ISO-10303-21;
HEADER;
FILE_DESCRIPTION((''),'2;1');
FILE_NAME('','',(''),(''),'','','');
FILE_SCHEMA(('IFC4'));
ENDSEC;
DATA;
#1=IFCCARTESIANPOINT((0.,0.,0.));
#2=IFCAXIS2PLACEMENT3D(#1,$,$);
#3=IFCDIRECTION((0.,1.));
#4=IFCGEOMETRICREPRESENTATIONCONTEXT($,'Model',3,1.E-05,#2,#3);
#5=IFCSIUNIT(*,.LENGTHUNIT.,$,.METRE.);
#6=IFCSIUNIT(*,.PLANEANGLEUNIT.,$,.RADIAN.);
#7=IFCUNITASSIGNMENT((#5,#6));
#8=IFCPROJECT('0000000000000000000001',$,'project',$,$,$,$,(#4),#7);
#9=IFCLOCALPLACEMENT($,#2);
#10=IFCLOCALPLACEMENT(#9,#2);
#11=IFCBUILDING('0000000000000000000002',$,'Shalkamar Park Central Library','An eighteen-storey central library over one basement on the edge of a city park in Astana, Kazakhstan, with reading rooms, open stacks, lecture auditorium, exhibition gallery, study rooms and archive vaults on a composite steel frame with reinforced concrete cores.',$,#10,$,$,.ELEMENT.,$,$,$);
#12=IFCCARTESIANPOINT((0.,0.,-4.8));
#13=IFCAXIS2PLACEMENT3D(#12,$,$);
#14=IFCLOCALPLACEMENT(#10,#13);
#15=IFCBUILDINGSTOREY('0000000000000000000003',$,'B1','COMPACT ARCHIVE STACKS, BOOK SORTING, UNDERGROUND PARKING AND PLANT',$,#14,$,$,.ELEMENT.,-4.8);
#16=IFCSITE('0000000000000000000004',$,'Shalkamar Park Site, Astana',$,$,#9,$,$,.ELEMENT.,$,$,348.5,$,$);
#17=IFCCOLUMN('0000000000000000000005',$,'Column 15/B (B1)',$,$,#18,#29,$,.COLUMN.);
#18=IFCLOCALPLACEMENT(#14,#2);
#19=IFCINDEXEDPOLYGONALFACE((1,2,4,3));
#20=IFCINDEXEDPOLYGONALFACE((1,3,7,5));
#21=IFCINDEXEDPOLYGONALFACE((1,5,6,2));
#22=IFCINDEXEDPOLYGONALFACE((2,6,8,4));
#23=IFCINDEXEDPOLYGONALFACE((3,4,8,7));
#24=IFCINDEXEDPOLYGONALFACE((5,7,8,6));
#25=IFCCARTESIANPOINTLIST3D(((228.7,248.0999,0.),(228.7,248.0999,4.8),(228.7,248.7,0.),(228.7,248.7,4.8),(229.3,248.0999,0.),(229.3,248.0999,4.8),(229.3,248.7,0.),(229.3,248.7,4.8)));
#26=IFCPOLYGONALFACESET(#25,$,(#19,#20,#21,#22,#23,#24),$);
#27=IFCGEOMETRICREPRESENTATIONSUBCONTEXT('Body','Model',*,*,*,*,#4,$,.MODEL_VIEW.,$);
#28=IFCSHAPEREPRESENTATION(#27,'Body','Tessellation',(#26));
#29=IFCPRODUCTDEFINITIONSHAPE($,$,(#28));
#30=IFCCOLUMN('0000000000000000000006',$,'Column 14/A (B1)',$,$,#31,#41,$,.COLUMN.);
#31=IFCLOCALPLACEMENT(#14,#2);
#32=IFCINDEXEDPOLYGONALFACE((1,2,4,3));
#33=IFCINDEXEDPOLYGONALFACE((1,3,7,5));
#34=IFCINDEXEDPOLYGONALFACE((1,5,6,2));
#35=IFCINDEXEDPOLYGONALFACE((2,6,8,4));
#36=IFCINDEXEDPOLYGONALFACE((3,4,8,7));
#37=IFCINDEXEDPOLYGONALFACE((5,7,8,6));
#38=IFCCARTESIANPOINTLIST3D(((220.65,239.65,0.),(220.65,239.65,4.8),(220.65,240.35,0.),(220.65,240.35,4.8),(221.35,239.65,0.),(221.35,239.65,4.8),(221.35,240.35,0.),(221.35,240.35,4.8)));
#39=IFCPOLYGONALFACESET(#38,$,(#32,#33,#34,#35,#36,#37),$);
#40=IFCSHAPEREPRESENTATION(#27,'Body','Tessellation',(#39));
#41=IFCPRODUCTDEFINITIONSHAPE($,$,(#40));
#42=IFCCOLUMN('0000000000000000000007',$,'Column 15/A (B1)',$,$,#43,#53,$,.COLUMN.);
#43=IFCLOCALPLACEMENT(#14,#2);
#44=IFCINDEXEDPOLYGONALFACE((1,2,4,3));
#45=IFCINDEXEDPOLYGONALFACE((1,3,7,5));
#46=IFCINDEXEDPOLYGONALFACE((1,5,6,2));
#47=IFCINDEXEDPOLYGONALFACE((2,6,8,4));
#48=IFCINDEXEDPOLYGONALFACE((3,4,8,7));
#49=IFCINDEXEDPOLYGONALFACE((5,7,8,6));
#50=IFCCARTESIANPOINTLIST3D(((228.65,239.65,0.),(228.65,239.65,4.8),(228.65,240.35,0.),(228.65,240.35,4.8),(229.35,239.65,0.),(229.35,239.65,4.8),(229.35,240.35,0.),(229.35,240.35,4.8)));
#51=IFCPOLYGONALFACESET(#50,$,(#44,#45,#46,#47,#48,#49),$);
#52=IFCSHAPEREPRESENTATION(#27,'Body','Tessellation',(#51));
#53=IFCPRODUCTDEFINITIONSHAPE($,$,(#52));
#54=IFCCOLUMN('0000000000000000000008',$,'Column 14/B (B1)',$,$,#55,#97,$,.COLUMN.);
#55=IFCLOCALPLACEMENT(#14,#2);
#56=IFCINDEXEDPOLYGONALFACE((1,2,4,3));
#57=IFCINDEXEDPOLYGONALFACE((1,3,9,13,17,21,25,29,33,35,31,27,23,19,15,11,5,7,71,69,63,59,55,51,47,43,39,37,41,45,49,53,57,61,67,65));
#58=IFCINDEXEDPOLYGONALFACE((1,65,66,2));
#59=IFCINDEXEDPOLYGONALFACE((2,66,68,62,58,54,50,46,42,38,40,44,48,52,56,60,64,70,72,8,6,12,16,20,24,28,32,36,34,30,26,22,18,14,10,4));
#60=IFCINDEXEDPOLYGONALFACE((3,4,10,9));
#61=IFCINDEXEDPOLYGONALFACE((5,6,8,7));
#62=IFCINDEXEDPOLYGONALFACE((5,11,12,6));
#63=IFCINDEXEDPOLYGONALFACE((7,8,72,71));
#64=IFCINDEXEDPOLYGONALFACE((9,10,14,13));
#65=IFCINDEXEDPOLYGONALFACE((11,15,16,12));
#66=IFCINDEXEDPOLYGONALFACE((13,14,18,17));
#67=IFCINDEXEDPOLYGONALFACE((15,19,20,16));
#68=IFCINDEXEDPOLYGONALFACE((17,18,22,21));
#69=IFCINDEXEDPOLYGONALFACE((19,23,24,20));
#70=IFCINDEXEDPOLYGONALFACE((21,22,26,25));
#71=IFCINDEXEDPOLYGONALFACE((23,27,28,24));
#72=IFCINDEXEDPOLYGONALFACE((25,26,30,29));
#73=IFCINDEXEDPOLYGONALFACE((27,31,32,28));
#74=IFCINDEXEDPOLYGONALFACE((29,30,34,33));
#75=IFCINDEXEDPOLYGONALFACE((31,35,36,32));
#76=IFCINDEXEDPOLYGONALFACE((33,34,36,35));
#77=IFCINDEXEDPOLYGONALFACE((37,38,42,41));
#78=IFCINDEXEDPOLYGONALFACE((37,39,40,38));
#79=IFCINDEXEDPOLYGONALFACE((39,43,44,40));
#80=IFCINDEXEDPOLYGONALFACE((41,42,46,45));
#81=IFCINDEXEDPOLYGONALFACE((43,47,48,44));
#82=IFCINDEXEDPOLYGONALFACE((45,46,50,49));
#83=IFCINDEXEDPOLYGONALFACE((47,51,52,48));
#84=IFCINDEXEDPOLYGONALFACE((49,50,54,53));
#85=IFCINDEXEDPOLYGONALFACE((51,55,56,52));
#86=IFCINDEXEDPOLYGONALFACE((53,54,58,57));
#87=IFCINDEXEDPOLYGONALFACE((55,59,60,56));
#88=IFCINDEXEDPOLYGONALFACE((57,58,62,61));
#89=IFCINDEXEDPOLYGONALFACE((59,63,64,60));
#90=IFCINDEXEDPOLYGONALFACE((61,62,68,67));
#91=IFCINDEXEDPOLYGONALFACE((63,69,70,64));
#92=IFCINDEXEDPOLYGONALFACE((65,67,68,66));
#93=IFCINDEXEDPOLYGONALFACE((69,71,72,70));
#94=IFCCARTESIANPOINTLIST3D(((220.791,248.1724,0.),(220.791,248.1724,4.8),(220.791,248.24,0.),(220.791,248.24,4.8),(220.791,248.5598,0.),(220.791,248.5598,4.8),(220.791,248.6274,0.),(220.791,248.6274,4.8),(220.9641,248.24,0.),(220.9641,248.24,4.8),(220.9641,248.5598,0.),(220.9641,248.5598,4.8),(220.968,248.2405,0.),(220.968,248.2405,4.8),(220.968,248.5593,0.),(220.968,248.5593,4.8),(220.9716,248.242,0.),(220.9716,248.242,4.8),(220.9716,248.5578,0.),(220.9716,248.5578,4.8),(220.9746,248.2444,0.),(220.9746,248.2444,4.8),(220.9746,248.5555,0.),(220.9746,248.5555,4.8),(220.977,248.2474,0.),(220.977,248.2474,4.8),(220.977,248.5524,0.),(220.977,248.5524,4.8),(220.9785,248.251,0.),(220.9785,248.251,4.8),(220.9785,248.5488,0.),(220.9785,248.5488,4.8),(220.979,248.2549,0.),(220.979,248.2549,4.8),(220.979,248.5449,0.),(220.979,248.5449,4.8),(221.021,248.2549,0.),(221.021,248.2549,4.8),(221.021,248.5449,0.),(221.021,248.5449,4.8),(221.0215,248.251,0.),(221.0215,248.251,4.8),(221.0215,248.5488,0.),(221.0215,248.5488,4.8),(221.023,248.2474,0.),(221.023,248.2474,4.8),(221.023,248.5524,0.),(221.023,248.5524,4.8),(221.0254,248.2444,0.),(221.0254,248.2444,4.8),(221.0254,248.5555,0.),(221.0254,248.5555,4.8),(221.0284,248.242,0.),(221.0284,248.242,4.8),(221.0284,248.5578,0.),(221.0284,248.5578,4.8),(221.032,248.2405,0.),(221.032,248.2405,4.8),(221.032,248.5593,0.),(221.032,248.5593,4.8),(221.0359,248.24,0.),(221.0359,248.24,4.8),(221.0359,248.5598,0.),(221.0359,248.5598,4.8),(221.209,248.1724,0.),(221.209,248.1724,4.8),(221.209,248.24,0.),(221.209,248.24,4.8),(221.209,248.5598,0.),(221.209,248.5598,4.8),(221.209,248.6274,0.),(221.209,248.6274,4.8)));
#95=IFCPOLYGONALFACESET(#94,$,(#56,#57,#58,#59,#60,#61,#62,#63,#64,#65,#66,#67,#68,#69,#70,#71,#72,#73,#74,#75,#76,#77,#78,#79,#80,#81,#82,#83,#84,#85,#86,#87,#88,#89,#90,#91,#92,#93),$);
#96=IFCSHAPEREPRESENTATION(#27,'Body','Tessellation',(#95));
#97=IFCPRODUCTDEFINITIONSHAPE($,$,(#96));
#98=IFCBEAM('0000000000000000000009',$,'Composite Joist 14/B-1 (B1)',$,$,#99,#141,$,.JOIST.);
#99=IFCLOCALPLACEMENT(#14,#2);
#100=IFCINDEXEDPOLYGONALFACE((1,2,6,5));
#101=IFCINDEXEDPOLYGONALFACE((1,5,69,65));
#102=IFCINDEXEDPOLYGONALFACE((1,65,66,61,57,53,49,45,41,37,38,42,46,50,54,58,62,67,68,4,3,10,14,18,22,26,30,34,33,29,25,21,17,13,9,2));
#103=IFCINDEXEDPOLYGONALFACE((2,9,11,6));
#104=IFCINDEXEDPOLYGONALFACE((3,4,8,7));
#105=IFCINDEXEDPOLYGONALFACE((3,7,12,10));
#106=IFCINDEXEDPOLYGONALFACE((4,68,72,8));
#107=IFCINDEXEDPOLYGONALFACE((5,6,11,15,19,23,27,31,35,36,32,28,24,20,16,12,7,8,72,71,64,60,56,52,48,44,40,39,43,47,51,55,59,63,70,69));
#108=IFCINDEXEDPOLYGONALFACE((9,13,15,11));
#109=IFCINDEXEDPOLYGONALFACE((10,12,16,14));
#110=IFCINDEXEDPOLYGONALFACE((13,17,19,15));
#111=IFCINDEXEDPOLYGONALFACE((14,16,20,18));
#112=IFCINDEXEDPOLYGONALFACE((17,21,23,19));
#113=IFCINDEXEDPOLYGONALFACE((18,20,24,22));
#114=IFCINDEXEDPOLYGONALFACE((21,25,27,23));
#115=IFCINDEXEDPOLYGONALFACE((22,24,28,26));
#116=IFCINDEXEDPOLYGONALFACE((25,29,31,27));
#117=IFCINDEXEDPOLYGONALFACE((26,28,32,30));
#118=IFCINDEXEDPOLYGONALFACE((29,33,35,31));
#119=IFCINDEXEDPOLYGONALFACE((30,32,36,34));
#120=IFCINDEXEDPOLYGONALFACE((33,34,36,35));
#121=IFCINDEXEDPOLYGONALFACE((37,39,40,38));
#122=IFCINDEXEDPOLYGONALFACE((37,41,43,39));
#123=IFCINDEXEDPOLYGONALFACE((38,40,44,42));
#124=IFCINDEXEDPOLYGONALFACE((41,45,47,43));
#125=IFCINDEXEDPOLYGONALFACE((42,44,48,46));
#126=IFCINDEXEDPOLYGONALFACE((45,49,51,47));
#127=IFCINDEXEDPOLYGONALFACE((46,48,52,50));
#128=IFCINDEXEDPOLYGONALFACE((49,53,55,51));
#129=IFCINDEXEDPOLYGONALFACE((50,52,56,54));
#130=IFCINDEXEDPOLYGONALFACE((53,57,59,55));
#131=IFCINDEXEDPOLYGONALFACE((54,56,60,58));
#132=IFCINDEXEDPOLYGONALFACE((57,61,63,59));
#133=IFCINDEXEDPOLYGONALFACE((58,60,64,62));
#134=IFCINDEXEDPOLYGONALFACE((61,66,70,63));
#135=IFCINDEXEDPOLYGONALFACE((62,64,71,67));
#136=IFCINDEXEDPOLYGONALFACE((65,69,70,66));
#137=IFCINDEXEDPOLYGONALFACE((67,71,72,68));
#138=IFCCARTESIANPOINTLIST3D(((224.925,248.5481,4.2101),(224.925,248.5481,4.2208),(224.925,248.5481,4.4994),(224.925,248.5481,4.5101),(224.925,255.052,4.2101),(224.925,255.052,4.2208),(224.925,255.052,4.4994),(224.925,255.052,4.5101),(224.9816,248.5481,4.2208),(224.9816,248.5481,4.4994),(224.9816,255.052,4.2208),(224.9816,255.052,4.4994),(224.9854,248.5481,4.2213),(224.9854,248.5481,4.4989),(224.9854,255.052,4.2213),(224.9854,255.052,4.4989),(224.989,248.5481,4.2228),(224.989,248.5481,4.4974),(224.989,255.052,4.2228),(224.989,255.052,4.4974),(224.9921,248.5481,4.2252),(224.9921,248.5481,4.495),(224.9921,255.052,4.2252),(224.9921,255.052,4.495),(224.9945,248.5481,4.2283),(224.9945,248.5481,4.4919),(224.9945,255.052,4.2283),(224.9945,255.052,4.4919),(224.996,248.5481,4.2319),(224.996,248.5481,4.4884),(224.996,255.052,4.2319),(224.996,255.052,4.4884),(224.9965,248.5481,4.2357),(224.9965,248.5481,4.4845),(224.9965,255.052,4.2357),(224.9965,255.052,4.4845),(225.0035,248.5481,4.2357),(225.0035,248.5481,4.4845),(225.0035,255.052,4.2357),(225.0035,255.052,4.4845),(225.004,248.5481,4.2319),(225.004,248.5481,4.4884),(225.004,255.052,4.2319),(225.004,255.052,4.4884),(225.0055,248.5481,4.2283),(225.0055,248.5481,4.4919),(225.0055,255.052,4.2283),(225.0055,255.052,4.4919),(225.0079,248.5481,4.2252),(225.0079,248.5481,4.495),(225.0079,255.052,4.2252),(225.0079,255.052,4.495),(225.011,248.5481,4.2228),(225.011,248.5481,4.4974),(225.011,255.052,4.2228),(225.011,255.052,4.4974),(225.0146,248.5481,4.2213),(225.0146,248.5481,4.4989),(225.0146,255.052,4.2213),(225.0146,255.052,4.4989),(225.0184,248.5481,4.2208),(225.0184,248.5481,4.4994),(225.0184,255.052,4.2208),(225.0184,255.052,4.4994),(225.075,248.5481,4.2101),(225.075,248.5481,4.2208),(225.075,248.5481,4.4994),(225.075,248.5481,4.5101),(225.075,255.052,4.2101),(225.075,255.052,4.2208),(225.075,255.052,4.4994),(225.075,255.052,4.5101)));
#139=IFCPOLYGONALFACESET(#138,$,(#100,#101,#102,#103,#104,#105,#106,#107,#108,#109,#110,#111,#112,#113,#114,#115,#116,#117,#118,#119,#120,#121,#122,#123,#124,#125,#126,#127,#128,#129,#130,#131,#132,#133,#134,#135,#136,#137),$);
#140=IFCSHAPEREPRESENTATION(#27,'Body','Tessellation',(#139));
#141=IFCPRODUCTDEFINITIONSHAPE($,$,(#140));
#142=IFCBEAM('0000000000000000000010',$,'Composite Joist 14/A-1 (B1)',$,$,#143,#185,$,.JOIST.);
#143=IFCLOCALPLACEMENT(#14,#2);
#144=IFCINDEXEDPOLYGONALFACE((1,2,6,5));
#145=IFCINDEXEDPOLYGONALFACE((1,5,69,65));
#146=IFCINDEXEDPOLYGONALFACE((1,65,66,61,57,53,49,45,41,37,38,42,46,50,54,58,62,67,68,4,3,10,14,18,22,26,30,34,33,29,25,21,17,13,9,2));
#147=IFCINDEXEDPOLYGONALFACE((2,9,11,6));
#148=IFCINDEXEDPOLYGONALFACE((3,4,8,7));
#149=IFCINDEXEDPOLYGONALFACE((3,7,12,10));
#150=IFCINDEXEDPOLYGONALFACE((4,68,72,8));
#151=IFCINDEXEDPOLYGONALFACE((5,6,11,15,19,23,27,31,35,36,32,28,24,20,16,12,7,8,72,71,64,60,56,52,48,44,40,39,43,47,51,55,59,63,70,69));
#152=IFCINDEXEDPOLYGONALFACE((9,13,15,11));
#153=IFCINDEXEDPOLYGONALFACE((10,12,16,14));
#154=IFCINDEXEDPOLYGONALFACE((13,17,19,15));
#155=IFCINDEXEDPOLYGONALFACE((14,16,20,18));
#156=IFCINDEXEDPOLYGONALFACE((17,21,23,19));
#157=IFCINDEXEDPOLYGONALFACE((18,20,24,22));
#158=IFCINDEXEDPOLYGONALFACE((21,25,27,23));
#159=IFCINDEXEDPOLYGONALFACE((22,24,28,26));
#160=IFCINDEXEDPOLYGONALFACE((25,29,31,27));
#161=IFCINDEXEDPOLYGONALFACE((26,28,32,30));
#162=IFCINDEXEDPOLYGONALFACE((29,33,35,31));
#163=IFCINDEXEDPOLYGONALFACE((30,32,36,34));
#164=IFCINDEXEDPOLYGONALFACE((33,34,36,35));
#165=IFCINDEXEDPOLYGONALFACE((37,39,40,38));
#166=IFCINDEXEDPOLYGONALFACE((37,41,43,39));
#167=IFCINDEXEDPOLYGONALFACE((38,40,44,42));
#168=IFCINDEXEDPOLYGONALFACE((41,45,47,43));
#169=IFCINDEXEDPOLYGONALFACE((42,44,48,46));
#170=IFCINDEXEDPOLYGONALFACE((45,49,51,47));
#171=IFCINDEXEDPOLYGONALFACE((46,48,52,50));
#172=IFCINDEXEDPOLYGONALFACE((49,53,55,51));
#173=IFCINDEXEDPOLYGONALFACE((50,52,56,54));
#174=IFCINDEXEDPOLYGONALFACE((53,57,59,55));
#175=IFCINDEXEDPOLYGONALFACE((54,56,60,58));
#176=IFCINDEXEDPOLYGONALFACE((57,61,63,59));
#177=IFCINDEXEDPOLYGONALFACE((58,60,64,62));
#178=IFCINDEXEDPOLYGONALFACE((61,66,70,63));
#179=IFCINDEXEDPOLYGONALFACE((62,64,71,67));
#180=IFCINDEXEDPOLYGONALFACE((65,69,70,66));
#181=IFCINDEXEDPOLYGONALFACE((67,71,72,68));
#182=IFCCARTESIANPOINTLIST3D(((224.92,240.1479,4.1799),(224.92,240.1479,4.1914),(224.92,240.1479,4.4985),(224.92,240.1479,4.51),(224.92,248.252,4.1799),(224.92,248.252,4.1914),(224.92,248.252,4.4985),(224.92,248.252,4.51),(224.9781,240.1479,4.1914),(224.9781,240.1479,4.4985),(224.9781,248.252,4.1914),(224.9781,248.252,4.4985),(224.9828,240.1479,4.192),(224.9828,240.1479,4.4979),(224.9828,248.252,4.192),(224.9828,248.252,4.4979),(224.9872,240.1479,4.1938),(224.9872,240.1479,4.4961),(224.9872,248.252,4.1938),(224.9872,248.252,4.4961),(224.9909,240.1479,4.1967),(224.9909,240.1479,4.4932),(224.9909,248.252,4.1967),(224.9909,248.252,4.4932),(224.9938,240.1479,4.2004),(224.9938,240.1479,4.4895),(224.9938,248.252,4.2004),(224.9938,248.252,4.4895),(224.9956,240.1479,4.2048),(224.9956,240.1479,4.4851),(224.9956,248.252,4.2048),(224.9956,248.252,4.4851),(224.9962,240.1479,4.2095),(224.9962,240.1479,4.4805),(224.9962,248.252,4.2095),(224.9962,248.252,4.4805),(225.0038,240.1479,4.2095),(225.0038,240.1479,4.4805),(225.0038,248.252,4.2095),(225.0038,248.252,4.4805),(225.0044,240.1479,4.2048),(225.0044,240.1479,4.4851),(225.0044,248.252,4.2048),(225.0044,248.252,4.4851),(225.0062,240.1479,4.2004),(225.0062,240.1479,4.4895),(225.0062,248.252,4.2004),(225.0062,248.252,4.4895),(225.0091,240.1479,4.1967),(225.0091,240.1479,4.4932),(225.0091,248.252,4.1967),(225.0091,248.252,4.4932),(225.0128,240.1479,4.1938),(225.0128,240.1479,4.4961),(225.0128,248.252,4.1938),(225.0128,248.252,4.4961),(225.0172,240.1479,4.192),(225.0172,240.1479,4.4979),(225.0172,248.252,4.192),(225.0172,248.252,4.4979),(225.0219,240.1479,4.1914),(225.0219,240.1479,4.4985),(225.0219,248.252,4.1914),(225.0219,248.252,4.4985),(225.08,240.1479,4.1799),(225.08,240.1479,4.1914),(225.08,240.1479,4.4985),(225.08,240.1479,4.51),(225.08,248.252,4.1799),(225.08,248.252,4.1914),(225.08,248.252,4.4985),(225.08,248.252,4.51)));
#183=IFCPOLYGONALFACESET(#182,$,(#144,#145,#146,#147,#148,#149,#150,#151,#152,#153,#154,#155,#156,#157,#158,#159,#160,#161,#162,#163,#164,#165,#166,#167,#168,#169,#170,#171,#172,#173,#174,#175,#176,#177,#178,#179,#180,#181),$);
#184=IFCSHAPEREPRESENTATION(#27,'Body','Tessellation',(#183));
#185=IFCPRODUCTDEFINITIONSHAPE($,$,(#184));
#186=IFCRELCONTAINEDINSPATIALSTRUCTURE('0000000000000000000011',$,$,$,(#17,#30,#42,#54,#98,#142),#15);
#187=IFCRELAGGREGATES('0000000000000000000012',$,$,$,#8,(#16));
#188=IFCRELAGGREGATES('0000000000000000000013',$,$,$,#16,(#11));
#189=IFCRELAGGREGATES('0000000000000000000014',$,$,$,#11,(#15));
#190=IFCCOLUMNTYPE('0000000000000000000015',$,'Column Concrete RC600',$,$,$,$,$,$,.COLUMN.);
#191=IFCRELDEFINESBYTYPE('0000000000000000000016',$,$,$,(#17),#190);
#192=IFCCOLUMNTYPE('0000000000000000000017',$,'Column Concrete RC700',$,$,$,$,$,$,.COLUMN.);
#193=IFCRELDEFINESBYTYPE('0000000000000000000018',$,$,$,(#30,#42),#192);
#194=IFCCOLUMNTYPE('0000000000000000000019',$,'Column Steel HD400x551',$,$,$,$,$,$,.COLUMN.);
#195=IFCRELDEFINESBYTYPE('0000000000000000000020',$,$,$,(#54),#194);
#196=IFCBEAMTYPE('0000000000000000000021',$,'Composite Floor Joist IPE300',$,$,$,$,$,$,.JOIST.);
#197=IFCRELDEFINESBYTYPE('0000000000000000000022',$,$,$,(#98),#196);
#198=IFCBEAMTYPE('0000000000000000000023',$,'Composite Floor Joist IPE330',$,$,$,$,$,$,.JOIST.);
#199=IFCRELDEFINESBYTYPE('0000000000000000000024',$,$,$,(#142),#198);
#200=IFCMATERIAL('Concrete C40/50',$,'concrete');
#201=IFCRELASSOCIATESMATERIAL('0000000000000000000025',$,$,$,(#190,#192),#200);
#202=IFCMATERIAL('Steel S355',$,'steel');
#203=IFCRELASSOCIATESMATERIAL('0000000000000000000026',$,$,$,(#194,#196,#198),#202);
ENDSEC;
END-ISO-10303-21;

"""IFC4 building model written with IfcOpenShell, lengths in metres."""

from ifc_helpers import new_model, si_unit, direction, frame, origin, origin_2d, place, context, subcontext, project, spatial, rectangle, i_section, extrude, material, material_profile, profile_set, type_object, element, save


model = new_model("IFC4")

# Units and contexts
model_context = context("Model", 3, precision=1e-05, world=origin(), true_north=direction((0.0, 1.0)))
body_context = subcontext(model_context, "Body", "Model", "MODEL_VIEW")
ifc_project = project(units=[si_unit("LENGTHUNIT", "METRE"), si_unit("PLANEANGLEUNIT", "RADIAN")], contexts=[model_context])

# Site, building, storey
site_placement = place(None, origin())
site = spatial("IfcSite", under=ifc_project, at=site_placement, Name="Shalkamar Park Site, Astana", CompositionType="ELEMENT", RefElevation=348.5)
building_placement = place(site_placement, origin())
building = spatial("IfcBuilding", under=site, at=building_placement, Name="Shalkamar Park Central Library", Description="An eighteen-storey central library over one basement on the edge of a city park in Astana, Kazakhstan, with reading rooms, open stacks, lecture auditorium, exhibition gallery, study rooms and archive vaults on a composite steel frame with reinforced concrete cores.", CompositionType="ELEMENT")
storey_placement = place(building_placement, frame((0.0, 0.0, -4.8)))
storey = spatial("IfcBuildingStorey", under=building, at=storey_placement, Name="B1", Description="COMPACT ARCHIVE STACKS, BOOK SORTING, UNDERGROUND PARKING AND PLANT", CompositionType="ELEMENT", Elevation=-4.8)

# Columns
ifc_material_1 = material(Name="Concrete C40/50", Category="concrete")
ifc_material_profile_1 = material_profile(ifc_material_1, rectangle(XDim=0.6001, YDim=0.6001, at=origin_2d()), Name="RC 600x600")
ifc_profile_set_1 = profile_set([ifc_material_profile_1], Name="Concrete C40/50")
column_type_1 = type_object("IfcColumnType", Name="Column Concrete RC600", PredefinedType="COLUMN", material=ifc_profile_set_1)
column_1_placement = place(storey_placement, frame((229.0, 248.3999, 0.0), z_axis=(0.0, 0.0, 1.0), x_axis=(1.0, 0.0, 0.0)))
element("IfcColumn", 1, at=column_1_placement, inside=storey, type_object=column_type_1, Name="Column 15/B (B1)", PredefinedType="COLUMN", context=body_context, shape_type="SweptSolid", body=[
    extrude(rectangle(XDim=0.6001, YDim=0.6001, at=origin_2d()), origin(), (0.0, 0.0, 1.0), 4.8),
])
ifc_material_profile_2 = material_profile(ifc_material_1, rectangle(XDim=0.7, YDim=0.7, at=origin_2d()), Name="RC 700x700")
ifc_profile_set_2 = profile_set([ifc_material_profile_2], Name="Concrete C40/50")
column_type_2 = type_object("IfcColumnType", Name="Column Concrete RC700", PredefinedType="COLUMN", material=ifc_profile_set_2)
for number, where, z_axis, x_axis, name in (
    (2, (221.0, 240.0, 0.0), (0.0, 0.0, 1.0), (1.0, 0.0, 0.0), "Column 14/A (B1)"),
    (3, (229.0, 240.0, 0.0), (0.0, 0.0, 1.0), (1.0, 0.0, 0.0), "Column 15/A (B1)"),
):
    element("IfcColumn", number, at=place(storey_placement, frame(where, z_axis=z_axis, x_axis=x_axis)), inside=storey, type_object=column_type_2, Name=name, PredefinedType="COLUMN", context=body_context, shape_type="SweptSolid", body=[
        extrude(rectangle(XDim=0.7, YDim=0.7, at=origin_2d()), origin(), (0.0, 0.0, 1.0), 4.8),
    ])
ifc_material_2 = material(Name="Steel S355", Category="steel")
ifc_material_profile_3 = material_profile(ifc_material_2, i_section(OverallWidth=0.418, OverallDepth=0.4551, WebThickness=0.042, FlangeThickness=0.0676, FilletRadius=0.0149, at=origin_2d()), Name="HD 400x551")
ifc_profile_set_3 = profile_set([ifc_material_profile_3], Name="Steel S355")
column_type_3 = type_object("IfcColumnType", Name="Column Steel HD400x551", PredefinedType="COLUMN", material=ifc_profile_set_3)
column_2_placement = place(storey_placement, frame((221.0, 248.3999, 0.0), z_axis=(0.0, 0.0, 1.0), x_axis=(1.0, 0.0, 0.0)))
element("IfcColumn", 4, at=column_2_placement, inside=storey, type_object=column_type_3, Name="Column 14/B (B1)", PredefinedType="COLUMN", context=body_context, shape_type="SweptSolid", body=[
    extrude(i_section(OverallWidth=0.418, OverallDepth=0.4551, WebThickness=0.042, FlangeThickness=0.0676, FilletRadius=0.0149, at=origin_2d()), origin(), (0.0, 0.0, 1.0), 4.8),
])

# Beams
ifc_material_profile_4 = material_profile(ifc_material_2, i_section(OverallWidth=0.1499, OverallDepth=0.3, WebThickness=0.0071, FlangeThickness=0.0107, FilletRadius=0.0149, at=origin_2d()), Name="IPE 300")
ifc_profile_set_4 = profile_set([ifc_material_profile_4], Name="Steel S355")
beam_type_1 = type_object("IfcBeamType", Name="Composite Floor Joist IPE300", PredefinedType="JOIST", material=ifc_profile_set_4)
beam_1_placement = place(storey_placement, frame((225.0, 248.5481, 4.3601), z_axis=(0.0, 1.0, 0.0), x_axis=(-1.0, 0.0, 0.0)))
element("IfcBeam", 5, at=beam_1_placement, inside=storey, type_object=beam_type_1, Name="Composite Joist 14/B-1 (B1)", PredefinedType="JOIST", context=body_context, shape_type="SweptSolid", body=[
    extrude(i_section(OverallWidth=0.1499, OverallDepth=0.3, WebThickness=0.0071, FlangeThickness=0.0107, FilletRadius=0.0149, at=origin_2d()), origin(), (0.0, 0.0, 1.0), 6.5039),
])
ifc_material_profile_5 = material_profile(ifc_material_2, i_section(OverallWidth=0.1599, OverallDepth=0.3301, WebThickness=0.0076, FlangeThickness=0.0115, FilletRadius=0.0181, at=origin_2d()), Name="IPE 330")
ifc_profile_set_5 = profile_set([ifc_material_profile_5], Name="Steel S355")
beam_type_2 = type_object("IfcBeamType", Name="Composite Floor Joist IPE330", PredefinedType="JOIST", material=ifc_profile_set_5)
beam_2_placement = place(storey_placement, frame((225.0, 240.1479, 4.345), z_axis=(0.0, 1.0, 0.0), x_axis=(-1.0, 0.0, 0.0)))
element("IfcBeam", 6, at=beam_2_placement, inside=storey, type_object=beam_type_2, Name="Composite Joist 14/A-1 (B1)", PredefinedType="JOIST", context=body_context, shape_type="SweptSolid", body=[
    extrude(i_section(OverallWidth=0.1599, OverallDepth=0.3301, WebThickness=0.0076, FlangeThickness=0.0115, FilletRadius=0.0181, at=origin_2d()), origin(), (0.0, 0.0, 1.0), 8.104),
])

save(model, "model.ifc")
